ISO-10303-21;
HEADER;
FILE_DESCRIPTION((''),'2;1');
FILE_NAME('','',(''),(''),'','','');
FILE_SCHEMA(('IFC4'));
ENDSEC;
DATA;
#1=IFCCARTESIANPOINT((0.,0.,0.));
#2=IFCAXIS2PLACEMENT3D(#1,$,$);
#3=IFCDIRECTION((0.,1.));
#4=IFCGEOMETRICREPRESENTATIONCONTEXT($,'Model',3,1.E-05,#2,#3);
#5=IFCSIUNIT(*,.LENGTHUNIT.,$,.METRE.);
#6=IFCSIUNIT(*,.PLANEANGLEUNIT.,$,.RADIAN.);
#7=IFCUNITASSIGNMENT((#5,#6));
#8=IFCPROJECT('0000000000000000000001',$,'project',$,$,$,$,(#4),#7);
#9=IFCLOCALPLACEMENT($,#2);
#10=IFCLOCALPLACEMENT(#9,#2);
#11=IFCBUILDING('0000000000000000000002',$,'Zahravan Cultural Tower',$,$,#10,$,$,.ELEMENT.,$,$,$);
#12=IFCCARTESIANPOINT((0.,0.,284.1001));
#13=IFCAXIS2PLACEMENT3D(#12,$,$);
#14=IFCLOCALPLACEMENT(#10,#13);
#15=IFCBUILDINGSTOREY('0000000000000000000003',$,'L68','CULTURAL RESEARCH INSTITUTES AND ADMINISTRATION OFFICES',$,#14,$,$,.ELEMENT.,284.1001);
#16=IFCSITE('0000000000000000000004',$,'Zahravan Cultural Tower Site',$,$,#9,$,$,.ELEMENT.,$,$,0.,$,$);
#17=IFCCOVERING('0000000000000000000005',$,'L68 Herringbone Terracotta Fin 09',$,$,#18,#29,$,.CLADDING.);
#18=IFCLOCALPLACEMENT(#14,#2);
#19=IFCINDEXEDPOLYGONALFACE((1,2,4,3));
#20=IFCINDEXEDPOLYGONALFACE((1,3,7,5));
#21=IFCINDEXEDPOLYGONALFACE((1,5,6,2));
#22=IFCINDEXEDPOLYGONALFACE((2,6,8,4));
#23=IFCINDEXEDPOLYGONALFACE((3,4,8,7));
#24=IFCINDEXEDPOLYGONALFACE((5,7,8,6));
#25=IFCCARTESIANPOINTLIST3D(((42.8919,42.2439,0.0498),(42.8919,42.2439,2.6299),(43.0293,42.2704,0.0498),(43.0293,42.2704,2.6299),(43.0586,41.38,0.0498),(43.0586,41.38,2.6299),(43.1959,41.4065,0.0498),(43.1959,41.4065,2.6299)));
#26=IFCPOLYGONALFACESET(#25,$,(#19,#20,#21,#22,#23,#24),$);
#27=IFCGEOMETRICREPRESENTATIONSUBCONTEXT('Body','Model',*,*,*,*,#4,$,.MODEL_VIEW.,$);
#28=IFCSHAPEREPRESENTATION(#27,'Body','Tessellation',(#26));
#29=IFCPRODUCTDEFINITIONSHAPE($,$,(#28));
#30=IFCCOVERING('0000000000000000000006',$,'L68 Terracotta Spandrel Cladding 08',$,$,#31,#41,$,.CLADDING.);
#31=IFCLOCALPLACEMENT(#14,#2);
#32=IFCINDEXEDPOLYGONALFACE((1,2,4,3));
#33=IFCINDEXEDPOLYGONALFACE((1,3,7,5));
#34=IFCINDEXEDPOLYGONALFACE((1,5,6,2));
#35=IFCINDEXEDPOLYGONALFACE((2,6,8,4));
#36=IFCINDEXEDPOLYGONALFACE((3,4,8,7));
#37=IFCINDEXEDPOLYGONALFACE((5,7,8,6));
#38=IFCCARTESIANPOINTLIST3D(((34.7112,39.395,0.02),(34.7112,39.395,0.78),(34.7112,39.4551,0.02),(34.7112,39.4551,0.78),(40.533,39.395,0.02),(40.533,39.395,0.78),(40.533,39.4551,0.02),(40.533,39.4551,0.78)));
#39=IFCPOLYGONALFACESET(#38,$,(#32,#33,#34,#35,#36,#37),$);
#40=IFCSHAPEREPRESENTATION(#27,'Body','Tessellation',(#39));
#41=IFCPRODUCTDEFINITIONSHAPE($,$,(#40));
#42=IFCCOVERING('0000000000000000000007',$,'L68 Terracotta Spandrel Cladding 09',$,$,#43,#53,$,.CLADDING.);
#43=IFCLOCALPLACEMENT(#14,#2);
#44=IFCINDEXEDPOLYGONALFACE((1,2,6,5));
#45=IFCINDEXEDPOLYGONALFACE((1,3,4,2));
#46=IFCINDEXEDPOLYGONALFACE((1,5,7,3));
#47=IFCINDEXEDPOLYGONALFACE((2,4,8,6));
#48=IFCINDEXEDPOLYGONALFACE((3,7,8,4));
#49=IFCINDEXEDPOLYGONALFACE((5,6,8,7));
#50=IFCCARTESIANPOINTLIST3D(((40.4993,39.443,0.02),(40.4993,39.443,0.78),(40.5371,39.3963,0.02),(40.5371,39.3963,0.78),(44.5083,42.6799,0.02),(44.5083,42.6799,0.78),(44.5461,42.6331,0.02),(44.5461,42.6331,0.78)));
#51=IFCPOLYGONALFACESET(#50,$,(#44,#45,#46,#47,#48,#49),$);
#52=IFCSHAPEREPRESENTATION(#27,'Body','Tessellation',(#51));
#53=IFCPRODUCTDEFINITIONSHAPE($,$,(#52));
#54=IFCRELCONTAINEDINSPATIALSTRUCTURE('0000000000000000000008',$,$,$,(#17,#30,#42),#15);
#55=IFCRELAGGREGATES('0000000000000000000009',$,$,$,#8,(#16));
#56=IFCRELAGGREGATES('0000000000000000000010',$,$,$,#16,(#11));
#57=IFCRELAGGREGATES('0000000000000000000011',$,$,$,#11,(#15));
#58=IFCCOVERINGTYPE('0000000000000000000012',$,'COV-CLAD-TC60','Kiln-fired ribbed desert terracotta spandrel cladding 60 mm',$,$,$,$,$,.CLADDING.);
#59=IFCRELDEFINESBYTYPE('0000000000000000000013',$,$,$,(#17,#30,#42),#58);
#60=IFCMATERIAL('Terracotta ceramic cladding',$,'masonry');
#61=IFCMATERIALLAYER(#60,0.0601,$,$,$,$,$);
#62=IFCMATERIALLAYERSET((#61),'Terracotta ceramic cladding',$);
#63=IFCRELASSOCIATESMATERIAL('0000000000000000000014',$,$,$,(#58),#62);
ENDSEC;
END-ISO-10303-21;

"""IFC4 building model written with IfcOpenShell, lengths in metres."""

from ifc_helpers import new_model, si_unit, direction, frame, origin, origin_2d, place, context, subcontext, project, spatial, rectangle, extrude, source, transform, mapped, material, layer, layer_set, type_object, element, save


model = new_model("IFC4")

# Units and contexts
model_context = context("Model", 3, precision=1e-05, world=origin(), true_north=direction((0.0, 1.0)))
body_context = subcontext(model_context, "Body", "Model", "MODEL_VIEW")
ifc_project = project(units=[si_unit("LENGTHUNIT", "METRE"), si_unit("PLANEANGLEUNIT", "RADIAN")], contexts=[model_context])

# Site, building, storey
site_placement = place(None, origin())
site = spatial("IfcSite", under=ifc_project, at=site_placement, Name="Zahravan Cultural Tower Site", CompositionType="ELEMENT", RefElevation=0.0)
building_placement = place(site_placement, origin())
building = spatial("IfcBuilding", under=site, at=building_placement, Name="Zahravan Cultural Tower", CompositionType="ELEMENT")
storey_placement = place(building_placement, frame((0.0, 0.0, 284.1001)))
storey = spatial("IfcBuildingStorey", under=building, at=storey_placement, Name="L68", Description="CULTURAL RESEARCH INSTITUTES AND ADMINISTRATION OFFICES", CompositionType="ELEMENT", Elevation=284.1001)

# Coverings
ifc_material_1 = material(Name="Terracotta ceramic cladding", Category="masonry")
ifc_layer_1 = layer(ifc_material_1, 0.0601)
ifc_layer_set_1 = layer_set([ifc_layer_1], Name="Terracotta ceramic cladding")
covering_type = type_object("IfcCoveringType", Name="COV-CLAD-TC60", Description="Kiln-fired ribbed desert terracotta spandrel cladding 60 mm", PredefinedType="CLADDING", material=ifc_layer_set_1)
shared_shape_1 = source(origin(), body_context, "Body", "SweptSolid", [
    extrude(rectangle(XDim=0.8799, YDim=0.1399, at=origin_2d()), origin(), (0.0, 0.0, 1.0), 2.5801),
])
for number, where, z_axis, x_axis, name in (
    (1, (43.0439, 41.8252, 0.0498), (0.0, 0.0, 1.0), (-0.189387, 0.981903, 0.0), "L68 Herringbone Terracotta Fin 09"),
):
    element("IfcCovering", number, at=place(storey_placement, frame(where, z_axis=z_axis, x_axis=x_axis)), inside=storey, type_object=covering_type, Name=name, PredefinedType="CLADDING", context=body_context, shape_type="MappedRepresentation", body=[
        mapped(shared_shape_1, transform((0.0, 0.0, 0.0), x_axis=(1.0, 0.0, 0.0), y_axis=(0.0, 1.0, 0.0), z_axis=(0.0, 0.0, 1.0), scale=1.0)),
    ])
shared_shape_2 = source(origin(), body_context, "Body", "SweptSolid", [
    extrude(rectangle(XDim=5.8218, YDim=0.0601, at=origin_2d()), origin(), (0.0, 0.0, 1.0), 0.76),
])
covering_1_placement = place(storey_placement, frame((37.6221, 39.425, 0.02), z_axis=(0.0, 0.0, 1.0), x_axis=(1.0, 0.0, 0.0)))
element("IfcCovering", 2, at=covering_1_placement, inside=storey, type_object=covering_type, Name="L68 Terracotta Spandrel Cladding 08", PredefinedType="CLADDING", context=body_context, shape_type="MappedRepresentation", body=[
    mapped(shared_shape_2, transform((0.0, 0.0, 0.0), x_axis=(1.0, 0.0, 0.0), y_axis=(0.0, 1.0, 0.0), z_axis=(0.0, 0.0, 1.0), scale=1.0)),
])
shared_shape_3 = source(origin(), body_context, "Body", "SweptSolid", [
    extrude(rectangle(XDim=5.1526, YDim=0.0601, at=origin_2d()), origin(), (0.0, 0.0, 1.0), 0.76),
])
covering_2_placement = place(storey_placement, frame((42.5227, 41.0381, 0.02), z_axis=(0.0, 0.0, 1.0), x_axis=(0.778057, 0.628194, 0.0)))
element("IfcCovering", 3, at=covering_2_placement, inside=storey, type_object=covering_type, Name="L68 Terracotta Spandrel Cladding 09", PredefinedType="CLADDING", context=body_context, shape_type="MappedRepresentation", body=[
    mapped(shared_shape_3, transform((0.0, 0.0, 0.0), x_axis=(1.0, 0.0, 0.0), y_axis=(0.0, 1.0, 0.0), z_axis=(0.0, 0.0, 1.0), scale=1.0)),
])

save(model, "model.ifc")
